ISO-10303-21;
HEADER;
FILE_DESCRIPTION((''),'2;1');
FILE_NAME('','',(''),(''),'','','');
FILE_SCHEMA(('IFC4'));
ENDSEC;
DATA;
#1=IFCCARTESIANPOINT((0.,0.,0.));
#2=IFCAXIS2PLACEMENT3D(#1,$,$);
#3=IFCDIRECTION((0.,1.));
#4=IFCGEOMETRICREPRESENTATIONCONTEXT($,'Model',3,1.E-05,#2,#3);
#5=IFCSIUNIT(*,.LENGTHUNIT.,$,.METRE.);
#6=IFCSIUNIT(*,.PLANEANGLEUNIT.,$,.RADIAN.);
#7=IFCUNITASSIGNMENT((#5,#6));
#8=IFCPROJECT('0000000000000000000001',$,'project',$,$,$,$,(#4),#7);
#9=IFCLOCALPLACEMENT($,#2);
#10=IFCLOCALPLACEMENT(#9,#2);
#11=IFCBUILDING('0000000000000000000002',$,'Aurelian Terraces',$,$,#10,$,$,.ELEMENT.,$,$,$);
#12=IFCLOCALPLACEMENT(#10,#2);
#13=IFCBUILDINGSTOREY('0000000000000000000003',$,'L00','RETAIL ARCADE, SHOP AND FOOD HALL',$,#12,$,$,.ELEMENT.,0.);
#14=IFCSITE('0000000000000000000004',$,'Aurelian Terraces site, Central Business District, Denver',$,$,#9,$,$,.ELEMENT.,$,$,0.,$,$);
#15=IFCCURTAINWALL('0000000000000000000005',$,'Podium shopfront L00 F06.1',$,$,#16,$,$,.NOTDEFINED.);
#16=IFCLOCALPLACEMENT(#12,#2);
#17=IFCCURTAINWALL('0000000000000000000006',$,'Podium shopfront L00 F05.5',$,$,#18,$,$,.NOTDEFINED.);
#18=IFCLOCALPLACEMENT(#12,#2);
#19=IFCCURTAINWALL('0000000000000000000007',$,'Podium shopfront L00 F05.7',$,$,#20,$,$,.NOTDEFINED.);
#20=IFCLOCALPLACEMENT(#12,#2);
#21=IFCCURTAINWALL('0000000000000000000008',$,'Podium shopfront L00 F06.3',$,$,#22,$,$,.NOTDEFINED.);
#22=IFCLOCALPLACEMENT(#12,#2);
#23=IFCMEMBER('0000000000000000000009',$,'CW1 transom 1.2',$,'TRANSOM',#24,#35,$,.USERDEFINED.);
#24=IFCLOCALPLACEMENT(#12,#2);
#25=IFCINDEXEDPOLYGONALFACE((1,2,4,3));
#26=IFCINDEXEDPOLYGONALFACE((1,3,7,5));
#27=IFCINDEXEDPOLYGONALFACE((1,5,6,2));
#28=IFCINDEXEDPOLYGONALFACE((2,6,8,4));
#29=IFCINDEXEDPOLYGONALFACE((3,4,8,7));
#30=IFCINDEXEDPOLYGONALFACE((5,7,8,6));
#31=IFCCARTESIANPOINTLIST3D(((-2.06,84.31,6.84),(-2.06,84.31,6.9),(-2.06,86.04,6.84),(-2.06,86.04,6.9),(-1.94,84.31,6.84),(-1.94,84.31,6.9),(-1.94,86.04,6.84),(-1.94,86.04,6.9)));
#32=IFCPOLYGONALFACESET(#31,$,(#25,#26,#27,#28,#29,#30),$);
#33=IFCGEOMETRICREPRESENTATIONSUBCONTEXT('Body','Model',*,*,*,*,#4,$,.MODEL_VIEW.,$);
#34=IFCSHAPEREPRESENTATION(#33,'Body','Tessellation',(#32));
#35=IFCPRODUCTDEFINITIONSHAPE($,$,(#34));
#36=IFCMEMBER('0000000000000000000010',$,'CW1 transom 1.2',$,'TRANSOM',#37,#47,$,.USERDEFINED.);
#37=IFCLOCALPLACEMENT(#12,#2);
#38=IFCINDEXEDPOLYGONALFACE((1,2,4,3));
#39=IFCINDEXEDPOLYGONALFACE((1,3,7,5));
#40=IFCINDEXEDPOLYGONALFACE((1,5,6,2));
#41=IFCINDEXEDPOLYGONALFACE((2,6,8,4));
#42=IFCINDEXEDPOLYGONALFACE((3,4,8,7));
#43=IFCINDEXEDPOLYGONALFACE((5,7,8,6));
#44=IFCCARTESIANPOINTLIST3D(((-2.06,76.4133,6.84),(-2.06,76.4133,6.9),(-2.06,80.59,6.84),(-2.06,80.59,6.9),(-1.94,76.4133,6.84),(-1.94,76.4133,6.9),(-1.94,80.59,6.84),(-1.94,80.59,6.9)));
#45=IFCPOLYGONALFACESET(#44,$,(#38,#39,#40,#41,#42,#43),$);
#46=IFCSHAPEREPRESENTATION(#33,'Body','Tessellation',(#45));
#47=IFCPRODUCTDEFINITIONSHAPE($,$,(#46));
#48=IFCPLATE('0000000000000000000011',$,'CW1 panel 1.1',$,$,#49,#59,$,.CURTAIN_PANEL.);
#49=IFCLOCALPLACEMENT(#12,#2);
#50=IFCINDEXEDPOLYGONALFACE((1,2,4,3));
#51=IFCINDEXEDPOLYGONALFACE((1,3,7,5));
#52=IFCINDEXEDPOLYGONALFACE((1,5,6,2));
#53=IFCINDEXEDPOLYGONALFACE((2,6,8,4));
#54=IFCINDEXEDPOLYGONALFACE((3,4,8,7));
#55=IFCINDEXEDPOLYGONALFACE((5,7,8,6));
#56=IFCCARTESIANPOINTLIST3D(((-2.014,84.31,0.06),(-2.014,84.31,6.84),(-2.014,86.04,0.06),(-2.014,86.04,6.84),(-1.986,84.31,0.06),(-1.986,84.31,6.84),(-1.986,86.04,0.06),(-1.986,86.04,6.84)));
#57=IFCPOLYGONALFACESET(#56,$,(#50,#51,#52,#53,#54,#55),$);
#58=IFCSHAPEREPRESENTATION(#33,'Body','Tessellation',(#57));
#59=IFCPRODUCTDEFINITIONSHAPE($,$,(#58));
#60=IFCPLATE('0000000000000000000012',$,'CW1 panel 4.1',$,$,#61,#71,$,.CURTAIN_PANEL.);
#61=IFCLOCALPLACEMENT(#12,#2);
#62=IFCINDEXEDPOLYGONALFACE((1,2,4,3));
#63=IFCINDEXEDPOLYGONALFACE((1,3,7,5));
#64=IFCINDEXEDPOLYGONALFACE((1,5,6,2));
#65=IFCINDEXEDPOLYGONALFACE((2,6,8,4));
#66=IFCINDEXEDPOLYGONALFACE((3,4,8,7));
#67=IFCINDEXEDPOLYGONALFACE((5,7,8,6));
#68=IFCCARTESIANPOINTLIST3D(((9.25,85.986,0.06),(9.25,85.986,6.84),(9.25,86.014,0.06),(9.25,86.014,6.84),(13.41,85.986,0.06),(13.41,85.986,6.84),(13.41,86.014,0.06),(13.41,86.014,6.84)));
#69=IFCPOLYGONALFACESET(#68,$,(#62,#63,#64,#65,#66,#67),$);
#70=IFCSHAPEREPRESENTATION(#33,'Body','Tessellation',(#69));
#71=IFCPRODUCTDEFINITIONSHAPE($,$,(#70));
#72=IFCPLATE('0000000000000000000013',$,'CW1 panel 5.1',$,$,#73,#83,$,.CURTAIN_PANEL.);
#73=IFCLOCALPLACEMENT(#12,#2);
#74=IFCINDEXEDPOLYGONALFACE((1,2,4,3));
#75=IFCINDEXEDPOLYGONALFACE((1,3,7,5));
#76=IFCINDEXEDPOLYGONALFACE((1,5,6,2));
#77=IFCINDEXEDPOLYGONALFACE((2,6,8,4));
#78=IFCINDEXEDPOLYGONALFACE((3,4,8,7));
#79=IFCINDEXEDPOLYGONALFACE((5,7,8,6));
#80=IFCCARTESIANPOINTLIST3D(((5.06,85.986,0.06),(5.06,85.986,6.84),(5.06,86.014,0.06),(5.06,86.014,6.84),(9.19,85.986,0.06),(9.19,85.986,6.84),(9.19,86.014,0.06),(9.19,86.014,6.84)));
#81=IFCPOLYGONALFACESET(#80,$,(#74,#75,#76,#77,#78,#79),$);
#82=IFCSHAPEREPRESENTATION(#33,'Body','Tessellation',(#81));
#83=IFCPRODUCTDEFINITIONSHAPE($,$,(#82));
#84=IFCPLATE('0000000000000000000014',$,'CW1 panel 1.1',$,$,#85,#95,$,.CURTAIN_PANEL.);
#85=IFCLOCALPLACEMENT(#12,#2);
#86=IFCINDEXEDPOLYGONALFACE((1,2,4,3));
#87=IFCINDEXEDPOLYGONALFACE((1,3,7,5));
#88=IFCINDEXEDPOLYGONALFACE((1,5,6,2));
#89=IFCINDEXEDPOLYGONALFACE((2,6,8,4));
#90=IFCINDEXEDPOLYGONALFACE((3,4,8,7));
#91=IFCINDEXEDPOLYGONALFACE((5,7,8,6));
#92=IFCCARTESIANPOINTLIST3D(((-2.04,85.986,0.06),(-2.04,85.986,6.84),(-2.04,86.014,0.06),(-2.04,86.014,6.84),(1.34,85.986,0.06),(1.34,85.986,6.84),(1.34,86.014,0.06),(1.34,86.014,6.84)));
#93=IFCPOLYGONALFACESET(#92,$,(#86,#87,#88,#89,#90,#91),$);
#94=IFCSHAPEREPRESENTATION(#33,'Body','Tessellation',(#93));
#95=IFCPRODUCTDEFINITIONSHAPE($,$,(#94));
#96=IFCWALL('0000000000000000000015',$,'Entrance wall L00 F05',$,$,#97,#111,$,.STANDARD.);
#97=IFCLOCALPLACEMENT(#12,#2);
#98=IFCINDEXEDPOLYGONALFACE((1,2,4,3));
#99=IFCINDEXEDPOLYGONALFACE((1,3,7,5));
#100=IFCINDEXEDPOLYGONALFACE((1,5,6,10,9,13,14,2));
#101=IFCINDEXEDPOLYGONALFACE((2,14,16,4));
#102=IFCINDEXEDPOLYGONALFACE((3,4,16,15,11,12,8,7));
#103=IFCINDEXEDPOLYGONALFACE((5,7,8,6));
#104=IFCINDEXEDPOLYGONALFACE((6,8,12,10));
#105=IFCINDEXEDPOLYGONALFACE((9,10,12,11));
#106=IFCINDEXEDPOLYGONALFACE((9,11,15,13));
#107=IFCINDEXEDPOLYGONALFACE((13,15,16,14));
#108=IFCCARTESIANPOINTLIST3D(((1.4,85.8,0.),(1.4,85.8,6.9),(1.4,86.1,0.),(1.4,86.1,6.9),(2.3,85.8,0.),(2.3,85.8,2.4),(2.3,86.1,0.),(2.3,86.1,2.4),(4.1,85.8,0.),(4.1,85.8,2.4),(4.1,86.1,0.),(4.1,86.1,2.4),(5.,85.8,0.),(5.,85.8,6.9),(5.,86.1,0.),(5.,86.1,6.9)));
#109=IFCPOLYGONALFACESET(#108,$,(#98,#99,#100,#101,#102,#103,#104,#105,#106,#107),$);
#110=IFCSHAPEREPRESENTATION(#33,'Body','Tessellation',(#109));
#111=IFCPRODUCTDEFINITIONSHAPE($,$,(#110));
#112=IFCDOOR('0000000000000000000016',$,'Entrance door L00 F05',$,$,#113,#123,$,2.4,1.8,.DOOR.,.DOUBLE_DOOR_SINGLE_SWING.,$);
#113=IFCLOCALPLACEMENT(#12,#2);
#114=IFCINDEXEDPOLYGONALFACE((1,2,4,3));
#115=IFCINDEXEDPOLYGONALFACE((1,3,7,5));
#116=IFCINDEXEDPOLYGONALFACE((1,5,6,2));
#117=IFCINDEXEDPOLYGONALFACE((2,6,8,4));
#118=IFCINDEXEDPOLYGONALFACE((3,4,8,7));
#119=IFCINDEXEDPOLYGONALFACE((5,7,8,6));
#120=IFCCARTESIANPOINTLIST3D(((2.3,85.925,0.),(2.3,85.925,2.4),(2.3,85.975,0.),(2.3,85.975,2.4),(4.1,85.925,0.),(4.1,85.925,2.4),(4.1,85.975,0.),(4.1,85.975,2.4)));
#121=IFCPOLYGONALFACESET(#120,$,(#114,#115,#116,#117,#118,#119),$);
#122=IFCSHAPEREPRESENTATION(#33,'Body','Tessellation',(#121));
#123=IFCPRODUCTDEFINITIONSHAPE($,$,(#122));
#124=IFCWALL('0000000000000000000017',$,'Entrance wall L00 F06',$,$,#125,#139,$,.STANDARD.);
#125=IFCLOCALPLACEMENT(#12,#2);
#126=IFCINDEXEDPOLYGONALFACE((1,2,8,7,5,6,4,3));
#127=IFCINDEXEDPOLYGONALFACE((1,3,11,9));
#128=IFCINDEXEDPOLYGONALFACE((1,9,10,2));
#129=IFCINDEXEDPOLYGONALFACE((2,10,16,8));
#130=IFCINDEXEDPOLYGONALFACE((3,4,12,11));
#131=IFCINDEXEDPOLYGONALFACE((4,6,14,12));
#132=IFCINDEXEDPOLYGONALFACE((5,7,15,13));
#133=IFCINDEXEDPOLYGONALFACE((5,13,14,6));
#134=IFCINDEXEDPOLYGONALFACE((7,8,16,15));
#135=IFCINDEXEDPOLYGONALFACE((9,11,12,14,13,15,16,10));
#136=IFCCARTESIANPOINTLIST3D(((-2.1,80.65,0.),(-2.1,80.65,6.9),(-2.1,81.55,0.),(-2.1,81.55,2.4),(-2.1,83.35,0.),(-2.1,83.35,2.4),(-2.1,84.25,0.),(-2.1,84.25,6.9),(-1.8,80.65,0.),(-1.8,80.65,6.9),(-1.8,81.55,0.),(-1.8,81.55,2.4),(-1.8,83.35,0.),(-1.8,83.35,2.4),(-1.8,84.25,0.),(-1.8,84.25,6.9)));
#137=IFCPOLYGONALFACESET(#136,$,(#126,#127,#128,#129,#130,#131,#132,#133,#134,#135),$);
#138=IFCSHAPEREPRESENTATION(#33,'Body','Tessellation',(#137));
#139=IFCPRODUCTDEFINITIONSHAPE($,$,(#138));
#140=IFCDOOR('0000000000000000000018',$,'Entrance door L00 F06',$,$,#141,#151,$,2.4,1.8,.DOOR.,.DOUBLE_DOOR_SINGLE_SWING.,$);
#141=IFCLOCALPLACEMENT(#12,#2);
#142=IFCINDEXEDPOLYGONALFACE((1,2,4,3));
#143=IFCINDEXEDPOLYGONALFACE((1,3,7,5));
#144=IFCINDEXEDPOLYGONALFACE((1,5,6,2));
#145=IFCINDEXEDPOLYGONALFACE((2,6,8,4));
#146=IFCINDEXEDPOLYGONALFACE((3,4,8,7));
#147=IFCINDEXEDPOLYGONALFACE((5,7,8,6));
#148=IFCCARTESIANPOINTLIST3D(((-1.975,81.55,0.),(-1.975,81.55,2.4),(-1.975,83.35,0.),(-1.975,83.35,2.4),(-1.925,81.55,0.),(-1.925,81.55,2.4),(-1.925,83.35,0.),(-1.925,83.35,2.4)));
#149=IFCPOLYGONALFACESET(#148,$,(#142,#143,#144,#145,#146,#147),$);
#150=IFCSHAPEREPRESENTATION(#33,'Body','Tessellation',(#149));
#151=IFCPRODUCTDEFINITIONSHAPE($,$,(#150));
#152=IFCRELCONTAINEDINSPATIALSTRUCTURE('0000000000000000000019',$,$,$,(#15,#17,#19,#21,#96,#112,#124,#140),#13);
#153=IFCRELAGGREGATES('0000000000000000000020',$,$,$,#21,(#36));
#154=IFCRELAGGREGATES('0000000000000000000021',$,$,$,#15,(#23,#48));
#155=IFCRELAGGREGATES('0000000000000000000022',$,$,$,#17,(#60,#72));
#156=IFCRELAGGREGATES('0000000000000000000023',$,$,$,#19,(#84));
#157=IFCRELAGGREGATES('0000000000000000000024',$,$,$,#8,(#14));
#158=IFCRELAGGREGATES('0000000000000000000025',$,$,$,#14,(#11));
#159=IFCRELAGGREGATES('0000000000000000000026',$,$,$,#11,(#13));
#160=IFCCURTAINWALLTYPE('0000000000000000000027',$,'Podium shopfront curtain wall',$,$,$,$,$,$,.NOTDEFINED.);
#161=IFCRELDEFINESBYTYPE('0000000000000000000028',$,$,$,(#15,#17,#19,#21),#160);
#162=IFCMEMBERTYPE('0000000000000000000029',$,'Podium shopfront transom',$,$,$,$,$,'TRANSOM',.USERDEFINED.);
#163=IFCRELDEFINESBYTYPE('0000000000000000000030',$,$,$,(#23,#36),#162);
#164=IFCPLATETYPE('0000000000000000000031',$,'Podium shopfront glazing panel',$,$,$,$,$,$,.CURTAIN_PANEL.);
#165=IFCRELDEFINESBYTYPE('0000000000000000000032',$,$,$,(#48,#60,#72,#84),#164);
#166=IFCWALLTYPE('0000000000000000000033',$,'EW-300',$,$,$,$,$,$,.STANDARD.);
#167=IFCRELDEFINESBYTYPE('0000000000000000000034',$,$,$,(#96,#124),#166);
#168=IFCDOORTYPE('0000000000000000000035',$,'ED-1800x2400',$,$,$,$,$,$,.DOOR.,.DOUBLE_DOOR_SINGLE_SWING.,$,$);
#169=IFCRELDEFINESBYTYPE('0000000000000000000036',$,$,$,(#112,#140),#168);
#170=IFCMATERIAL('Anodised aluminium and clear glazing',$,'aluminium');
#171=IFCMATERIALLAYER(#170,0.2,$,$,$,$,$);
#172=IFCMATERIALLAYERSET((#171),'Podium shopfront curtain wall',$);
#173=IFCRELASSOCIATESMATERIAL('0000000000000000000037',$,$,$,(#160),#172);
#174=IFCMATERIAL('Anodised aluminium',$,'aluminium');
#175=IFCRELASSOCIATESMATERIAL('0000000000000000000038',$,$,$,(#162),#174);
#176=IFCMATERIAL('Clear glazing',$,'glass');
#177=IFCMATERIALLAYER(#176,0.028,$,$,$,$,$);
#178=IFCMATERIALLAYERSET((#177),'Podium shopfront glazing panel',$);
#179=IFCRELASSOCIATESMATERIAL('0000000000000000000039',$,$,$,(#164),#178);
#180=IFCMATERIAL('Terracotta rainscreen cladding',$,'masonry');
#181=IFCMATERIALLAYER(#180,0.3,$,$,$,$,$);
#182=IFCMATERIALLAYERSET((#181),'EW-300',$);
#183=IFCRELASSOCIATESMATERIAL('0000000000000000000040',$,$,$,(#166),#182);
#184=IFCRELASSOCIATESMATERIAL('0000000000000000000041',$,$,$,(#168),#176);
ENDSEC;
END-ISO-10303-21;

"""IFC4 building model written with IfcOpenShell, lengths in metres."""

from ifc_helpers import new_model, si_unit, direction, frame, frame_2d, origin, origin_2d, place, context, subcontext, project, spatial, rectangle, extrude, source, transform, mapped, material, layer, layer_set, material_profile, profile_set, type_object, element, fill, aggregate, save


model = new_model("IFC4")

# Units and contexts
model_context = context("Model", 3, precision=1e-05, world=origin(), true_north=direction((0.0, 1.0)))
body_context = subcontext(model_context, "Body", "Model", "MODEL_VIEW")
ifc_project = project(units=[si_unit("LENGTHUNIT", "METRE"), si_unit("PLANEANGLEUNIT", "RADIAN")], contexts=[model_context])

# Site, building, storey
site_placement = place(None, origin())
site = spatial("IfcSite", under=ifc_project, at=site_placement, Name="Aurelian Terraces site, Central Business District, Denver", CompositionType="ELEMENT", RefElevation=0.0)
building_placement = place(site_placement, origin())
building = spatial("IfcBuilding", under=site, at=building_placement, Name="Aurelian Terraces", CompositionType="ELEMENT")
storey_placement = place(building_placement, origin())
storey = spatial("IfcBuildingStorey", under=building, at=storey_placement, Name="L00", Description="RETAIL ARCADE, SHOP AND FOOD HALL", CompositionType="ELEMENT", Elevation=0.0)

# Curtain wall
ifc_material_1 = material(Name="Anodised aluminium and clear glazing", Category="aluminium")
ifc_layer_1 = layer(ifc_material_1, 0.2)
ifc_layer_set_1 = layer_set([ifc_layer_1], Name="Podium shopfront curtain wall")
curtain_wall_type = type_object("IfcCurtainWallType", Name="Podium shopfront curtain wall", PredefinedType="NOTDEFINED", material=ifc_layer_set_1)
curtain_wall_1_placement = place(storey_placement, origin())
curtain_wall_1 = element("IfcCurtainWall", 1, at=curtain_wall_1_placement, inside=storey, type_object=curtain_wall_type, Name="Podium shopfront L00 F06.1", PredefinedType="NOTDEFINED")
ifc_material_2 = material(Name="Anodised aluminium", Category="aluminium")
ifc_material_profile_1 = material_profile(ifc_material_2, rectangle(XDim=0.12, YDim=0.06, at=origin_2d()))
ifc_profile_set_1 = profile_set([ifc_material_profile_1], Name="Anodised aluminium")
member_type_1 = type_object("IfcMemberType", Name="Podium shopfront transom", ElementType="TRANSOM", PredefinedType="USERDEFINED", material=ifc_profile_set_1)

# Curtain walls
curtain_wall_2_placement = place(storey_placement, origin())
curtain_wall_2 = element("IfcCurtainWall", 2, at=curtain_wall_2_placement, inside=storey, type_object=curtain_wall_type, Name="Podium shopfront L00 F05.5", PredefinedType="NOTDEFINED")
curtain_wall_3_placement = place(storey_placement, origin())
curtain_wall_3 = element("IfcCurtainWall", 3, at=curtain_wall_3_placement, inside=storey, type_object=curtain_wall_type, Name="Podium shopfront L00 F05.7", PredefinedType="NOTDEFINED")

# Curtain wall
curtain_wall_4_placement = place(storey_placement, origin())
curtain_wall_4 = element("IfcCurtainWall", 4, at=curtain_wall_4_placement, inside=storey, type_object=curtain_wall_type, Name="Podium shopfront L00 F06.3", PredefinedType="NOTDEFINED")

# Members
shared_shape_1 = source(origin(), body_context, "Body", "SweptSolid", [
    extrude(rectangle(XDim=0.12, YDim=0.06, at=origin_2d()), origin(), (0.0, 0.0, 1.0), 1.73),
])
member_1_placement = place(storey_placement, frame((-2.0, 86.04, 6.87), z_axis=(0.0, -1.0, 0.0), x_axis=(1.0, 0.0, 0.0)))
member_1 = element("IfcMember", 5, at=member_1_placement, type_object=member_type_1, Name="CW1 transom 1.2", ObjectType="TRANSOM", PredefinedType="USERDEFINED", context=body_context, shape_type="MappedRepresentation", body=[
    mapped(shared_shape_1, transform((0.0, 0.0, 0.0), scale=1.0)),
])
shared_shape_2 = source(origin(), body_context, "Body", "SweptSolid", [
    extrude(rectangle(XDim=0.12, YDim=0.06, at=origin_2d()), origin(), (0.0, 0.0, 1.0), 4.1767),
])
member_2_placement = place(storey_placement, frame((-2.0, 80.59, 6.87), z_axis=(0.0, -1.0, 0.0), x_axis=(1.0, 0.0, 0.0)))
member_2 = element("IfcMember", 6, at=member_2_placement, type_object=member_type_1, Name="CW1 transom 1.2", ObjectType="TRANSOM", PredefinedType="USERDEFINED", context=body_context, shape_type="MappedRepresentation", body=[
    mapped(shared_shape_2, transform((0.0, 0.0, 0.0), scale=1.0)),
])
aggregate(curtain_wall_4, [member_2])

# Plates
ifc_material_3 = material(Name="Clear glazing", Category="glass")
ifc_layer_2 = layer(ifc_material_3, 0.028)
ifc_layer_set_2 = layer_set([ifc_layer_2], Name="Podium shopfront glazing panel")
plate_type = type_object("IfcPlateType", Name="Podium shopfront glazing panel", PredefinedType="CURTAIN_PANEL", material=ifc_layer_set_2)
plate_1_placement = place(storey_placement, frame((-2.0, 85.175, 0.06), z_axis=(0.0, 0.0, 1.0), x_axis=(0.0, -1.0, 0.0)))
plate_1 = element("IfcPlate", 7, at=plate_1_placement, type_object=plate_type, Name="CW1 panel 1.1", PredefinedType="CURTAIN_PANEL", context=body_context, shape_type="SweptSolid", body=[
    extrude(rectangle(XDim=1.73, YDim=0.028, at=origin_2d()), origin(), (0.0, 0.0, 1.0), 6.78),
])
aggregate(curtain_wall_1, [member_1, plate_1])
shared_shape_3 = source(origin(), body_context, "Body", "SweptSolid", [
    extrude(rectangle(XDim=4.16, YDim=0.028, at=origin_2d()), origin(), (0.0, 0.0, 1.0), 6.78),
])
plate_2_placement = place(storey_placement, frame((11.33, 86.0, 0.06), z_axis=(0.0, 0.0, 1.0), x_axis=(-1.0, 0.0, 0.0)))
plate_2 = element("IfcPlate", 8, at=plate_2_placement, type_object=plate_type, Name="CW1 panel 4.1", PredefinedType="CURTAIN_PANEL", context=body_context, shape_type="MappedRepresentation", body=[
    mapped(shared_shape_3, transform((0.0, 0.0, 0.0), scale=1.0)),
])
shared_shape_4 = source(origin(), body_context, "Body", "SweptSolid", [
    extrude(rectangle(XDim=4.13, YDim=0.028, at=origin_2d()), origin(), (0.0, 0.0, 1.0), 6.78),
])
plate_3_placement = place(storey_placement, frame((7.125, 86.0, 0.06), z_axis=(0.0, 0.0, 1.0), x_axis=(-1.0, 0.0, 0.0)))
plate_3 = element("IfcPlate", 9, at=plate_3_placement, type_object=plate_type, Name="CW1 panel 5.1", PredefinedType="CURTAIN_PANEL", context=body_context, shape_type="MappedRepresentation", body=[
    mapped(shared_shape_4, transform((0.0, 0.0, 0.0), scale=1.0)),
])
aggregate(curtain_wall_2, [plate_2, plate_3])
shared_shape_5 = source(origin(), body_context, "Body", "SweptSolid", [
    extrude(rectangle(XDim=3.38, YDim=0.028, at=origin_2d()), origin(), (0.0, 0.0, 1.0), 6.78),
])
plate_4_placement = place(storey_placement, frame((-0.35, 86.0, 0.06), z_axis=(0.0, 0.0, 1.0), x_axis=(-1.0, 0.0, 0.0)))
plate_4 = element("IfcPlate", 10, at=plate_4_placement, type_object=plate_type, Name="CW1 panel 1.1", PredefinedType="CURTAIN_PANEL", context=body_context, shape_type="MappedRepresentation", body=[
    mapped(shared_shape_5, transform((0.0, 0.0, 0.0), scale=1.0)),
])
aggregate(curtain_wall_3, [plate_4])

# Walls, openings, doors
ifc_material_4 = material(Name="Terracotta rainscreen cladding", Category="masonry")
ifc_layer_3 = layer(ifc_material_4, 0.3)
ifc_layer_set_3 = layer_set([ifc_layer_3], Name="EW-300")
wall_type = type_object("IfcWallType", Name="EW-300", PredefinedType="STANDARD", material=ifc_layer_set_3)
shared_shape_6 = source(origin(), body_context, "Body", "SweptSolid", [
    extrude(rectangle(XDim=3.6, YDim=0.3, at=frame_2d((1.8, 0.0))), origin(), (0.0, 0.0, 1.0), 6.9),
])
wall_1_placement = place(storey_placement, frame((5.0, 85.95, 0.0), z_axis=(0.0, 0.0, 1.0), x_axis=(-1.0, 0.0, 0.0)))
wall_1 = element("IfcWall", 11, at=wall_1_placement, inside=storey, type_object=wall_type, Name="Entrance wall L00 F05", PredefinedType="STANDARD", context=body_context, shape_type="MappedRepresentation", body=[
    mapped(shared_shape_6, transform((0.0, 0.0, 0.0), scale=1.0)),
])
shared_shape_7 = source(origin(), body_context, "Body", "SweptSolid", [
    extrude(rectangle(XDim=1.8, YDim=2.4, at=frame_2d((0.9, 1.2))), frame((0.0, 0.16, 0.0), z_axis=(0.0, -1.0, 0.0), x_axis=(1.0, 0.0, 0.0)), (0.0, 0.0, 1.0), 0.32),
])
opening_1_placement = place(wall_1_placement, frame((0.9, 0.0, 0.0)))
opening_1 = element("IfcOpeningElement", 12, at=opening_1_placement, cuts=wall_1, PredefinedType="OPENING", context=body_context, shape_type="MappedRepresentation", body=[
    mapped(shared_shape_7, transform((0.0, 0.0, 0.0), scale=1.0)),
])
door_type = type_object("IfcDoorType", Name="ED-1800x2400", OperationType="DOUBLE_DOOR_SINGLE_SWING", PredefinedType="DOOR", material=ifc_material_3)
shared_shape_8 = source(origin(), body_context, "Body", "SweptSolid", [
    extrude(rectangle(XDim=1.8, YDim=2.4, at=frame_2d((0.9, 1.2))), frame((0.0, 0.025, 0.0), z_axis=(0.0, -1.0, 0.0), x_axis=(1.0, 0.0, 0.0)), (0.0, 0.0, 1.0), 0.05),
])
door_1_placement = place(opening_1_placement, origin())
door_1 = element("IfcDoor", 13, at=door_1_placement, inside=storey, type_object=door_type, Name="Entrance door L00 F05", OperationType="DOUBLE_DOOR_SINGLE_SWING", OverallHeight=2.4, OverallWidth=1.8, PredefinedType="DOOR", context=body_context, shape_type="MappedRepresentation", body=[
    mapped(shared_shape_8, transform((0.0, 0.0, 0.0), scale=1.0)),
])
fill(opening_1, door_1)
wall_2_placement = place(storey_placement, frame((-1.95, 84.25, 0.0), z_axis=(0.0, 0.0, 1.0), x_axis=(0.0, -1.0, 0.0)))
wall_2 = element("IfcWall", 14, at=wall_2_placement, inside=storey, type_object=wall_type, Name="Entrance wall L00 F06", PredefinedType="STANDARD", context=body_context, shape_type="MappedRepresentation", body=[
    mapped(shared_shape_6, transform((0.0, 0.0, 0.0), scale=1.0)),
])
opening_2_placement = place(wall_2_placement, frame((0.9, 0.0, 0.0)))
opening_2 = element("IfcOpeningElement", 15, at=opening_2_placement, cuts=wall_2, PredefinedType="OPENING", context=body_context, shape_type="MappedRepresentation", body=[
    mapped(shared_shape_7, transform((0.0, 0.0, 0.0), scale=1.0)),
])
door_2_placement = place(opening_2_placement, origin())
door_2 = element("IfcDoor", 16, at=door_2_placement, inside=storey, type_object=door_type, Name="Entrance door L00 F06", OperationType="DOUBLE_DOOR_SINGLE_SWING", OverallHeight=2.4, OverallWidth=1.8, PredefinedType="DOOR", context=body_context, shape_type="MappedRepresentation", body=[
    mapped(shared_shape_8, transform((0.0, 0.0, 0.0), scale=1.0)),
])
fill(opening_2, door_2)

save(model, "model.ifc")
